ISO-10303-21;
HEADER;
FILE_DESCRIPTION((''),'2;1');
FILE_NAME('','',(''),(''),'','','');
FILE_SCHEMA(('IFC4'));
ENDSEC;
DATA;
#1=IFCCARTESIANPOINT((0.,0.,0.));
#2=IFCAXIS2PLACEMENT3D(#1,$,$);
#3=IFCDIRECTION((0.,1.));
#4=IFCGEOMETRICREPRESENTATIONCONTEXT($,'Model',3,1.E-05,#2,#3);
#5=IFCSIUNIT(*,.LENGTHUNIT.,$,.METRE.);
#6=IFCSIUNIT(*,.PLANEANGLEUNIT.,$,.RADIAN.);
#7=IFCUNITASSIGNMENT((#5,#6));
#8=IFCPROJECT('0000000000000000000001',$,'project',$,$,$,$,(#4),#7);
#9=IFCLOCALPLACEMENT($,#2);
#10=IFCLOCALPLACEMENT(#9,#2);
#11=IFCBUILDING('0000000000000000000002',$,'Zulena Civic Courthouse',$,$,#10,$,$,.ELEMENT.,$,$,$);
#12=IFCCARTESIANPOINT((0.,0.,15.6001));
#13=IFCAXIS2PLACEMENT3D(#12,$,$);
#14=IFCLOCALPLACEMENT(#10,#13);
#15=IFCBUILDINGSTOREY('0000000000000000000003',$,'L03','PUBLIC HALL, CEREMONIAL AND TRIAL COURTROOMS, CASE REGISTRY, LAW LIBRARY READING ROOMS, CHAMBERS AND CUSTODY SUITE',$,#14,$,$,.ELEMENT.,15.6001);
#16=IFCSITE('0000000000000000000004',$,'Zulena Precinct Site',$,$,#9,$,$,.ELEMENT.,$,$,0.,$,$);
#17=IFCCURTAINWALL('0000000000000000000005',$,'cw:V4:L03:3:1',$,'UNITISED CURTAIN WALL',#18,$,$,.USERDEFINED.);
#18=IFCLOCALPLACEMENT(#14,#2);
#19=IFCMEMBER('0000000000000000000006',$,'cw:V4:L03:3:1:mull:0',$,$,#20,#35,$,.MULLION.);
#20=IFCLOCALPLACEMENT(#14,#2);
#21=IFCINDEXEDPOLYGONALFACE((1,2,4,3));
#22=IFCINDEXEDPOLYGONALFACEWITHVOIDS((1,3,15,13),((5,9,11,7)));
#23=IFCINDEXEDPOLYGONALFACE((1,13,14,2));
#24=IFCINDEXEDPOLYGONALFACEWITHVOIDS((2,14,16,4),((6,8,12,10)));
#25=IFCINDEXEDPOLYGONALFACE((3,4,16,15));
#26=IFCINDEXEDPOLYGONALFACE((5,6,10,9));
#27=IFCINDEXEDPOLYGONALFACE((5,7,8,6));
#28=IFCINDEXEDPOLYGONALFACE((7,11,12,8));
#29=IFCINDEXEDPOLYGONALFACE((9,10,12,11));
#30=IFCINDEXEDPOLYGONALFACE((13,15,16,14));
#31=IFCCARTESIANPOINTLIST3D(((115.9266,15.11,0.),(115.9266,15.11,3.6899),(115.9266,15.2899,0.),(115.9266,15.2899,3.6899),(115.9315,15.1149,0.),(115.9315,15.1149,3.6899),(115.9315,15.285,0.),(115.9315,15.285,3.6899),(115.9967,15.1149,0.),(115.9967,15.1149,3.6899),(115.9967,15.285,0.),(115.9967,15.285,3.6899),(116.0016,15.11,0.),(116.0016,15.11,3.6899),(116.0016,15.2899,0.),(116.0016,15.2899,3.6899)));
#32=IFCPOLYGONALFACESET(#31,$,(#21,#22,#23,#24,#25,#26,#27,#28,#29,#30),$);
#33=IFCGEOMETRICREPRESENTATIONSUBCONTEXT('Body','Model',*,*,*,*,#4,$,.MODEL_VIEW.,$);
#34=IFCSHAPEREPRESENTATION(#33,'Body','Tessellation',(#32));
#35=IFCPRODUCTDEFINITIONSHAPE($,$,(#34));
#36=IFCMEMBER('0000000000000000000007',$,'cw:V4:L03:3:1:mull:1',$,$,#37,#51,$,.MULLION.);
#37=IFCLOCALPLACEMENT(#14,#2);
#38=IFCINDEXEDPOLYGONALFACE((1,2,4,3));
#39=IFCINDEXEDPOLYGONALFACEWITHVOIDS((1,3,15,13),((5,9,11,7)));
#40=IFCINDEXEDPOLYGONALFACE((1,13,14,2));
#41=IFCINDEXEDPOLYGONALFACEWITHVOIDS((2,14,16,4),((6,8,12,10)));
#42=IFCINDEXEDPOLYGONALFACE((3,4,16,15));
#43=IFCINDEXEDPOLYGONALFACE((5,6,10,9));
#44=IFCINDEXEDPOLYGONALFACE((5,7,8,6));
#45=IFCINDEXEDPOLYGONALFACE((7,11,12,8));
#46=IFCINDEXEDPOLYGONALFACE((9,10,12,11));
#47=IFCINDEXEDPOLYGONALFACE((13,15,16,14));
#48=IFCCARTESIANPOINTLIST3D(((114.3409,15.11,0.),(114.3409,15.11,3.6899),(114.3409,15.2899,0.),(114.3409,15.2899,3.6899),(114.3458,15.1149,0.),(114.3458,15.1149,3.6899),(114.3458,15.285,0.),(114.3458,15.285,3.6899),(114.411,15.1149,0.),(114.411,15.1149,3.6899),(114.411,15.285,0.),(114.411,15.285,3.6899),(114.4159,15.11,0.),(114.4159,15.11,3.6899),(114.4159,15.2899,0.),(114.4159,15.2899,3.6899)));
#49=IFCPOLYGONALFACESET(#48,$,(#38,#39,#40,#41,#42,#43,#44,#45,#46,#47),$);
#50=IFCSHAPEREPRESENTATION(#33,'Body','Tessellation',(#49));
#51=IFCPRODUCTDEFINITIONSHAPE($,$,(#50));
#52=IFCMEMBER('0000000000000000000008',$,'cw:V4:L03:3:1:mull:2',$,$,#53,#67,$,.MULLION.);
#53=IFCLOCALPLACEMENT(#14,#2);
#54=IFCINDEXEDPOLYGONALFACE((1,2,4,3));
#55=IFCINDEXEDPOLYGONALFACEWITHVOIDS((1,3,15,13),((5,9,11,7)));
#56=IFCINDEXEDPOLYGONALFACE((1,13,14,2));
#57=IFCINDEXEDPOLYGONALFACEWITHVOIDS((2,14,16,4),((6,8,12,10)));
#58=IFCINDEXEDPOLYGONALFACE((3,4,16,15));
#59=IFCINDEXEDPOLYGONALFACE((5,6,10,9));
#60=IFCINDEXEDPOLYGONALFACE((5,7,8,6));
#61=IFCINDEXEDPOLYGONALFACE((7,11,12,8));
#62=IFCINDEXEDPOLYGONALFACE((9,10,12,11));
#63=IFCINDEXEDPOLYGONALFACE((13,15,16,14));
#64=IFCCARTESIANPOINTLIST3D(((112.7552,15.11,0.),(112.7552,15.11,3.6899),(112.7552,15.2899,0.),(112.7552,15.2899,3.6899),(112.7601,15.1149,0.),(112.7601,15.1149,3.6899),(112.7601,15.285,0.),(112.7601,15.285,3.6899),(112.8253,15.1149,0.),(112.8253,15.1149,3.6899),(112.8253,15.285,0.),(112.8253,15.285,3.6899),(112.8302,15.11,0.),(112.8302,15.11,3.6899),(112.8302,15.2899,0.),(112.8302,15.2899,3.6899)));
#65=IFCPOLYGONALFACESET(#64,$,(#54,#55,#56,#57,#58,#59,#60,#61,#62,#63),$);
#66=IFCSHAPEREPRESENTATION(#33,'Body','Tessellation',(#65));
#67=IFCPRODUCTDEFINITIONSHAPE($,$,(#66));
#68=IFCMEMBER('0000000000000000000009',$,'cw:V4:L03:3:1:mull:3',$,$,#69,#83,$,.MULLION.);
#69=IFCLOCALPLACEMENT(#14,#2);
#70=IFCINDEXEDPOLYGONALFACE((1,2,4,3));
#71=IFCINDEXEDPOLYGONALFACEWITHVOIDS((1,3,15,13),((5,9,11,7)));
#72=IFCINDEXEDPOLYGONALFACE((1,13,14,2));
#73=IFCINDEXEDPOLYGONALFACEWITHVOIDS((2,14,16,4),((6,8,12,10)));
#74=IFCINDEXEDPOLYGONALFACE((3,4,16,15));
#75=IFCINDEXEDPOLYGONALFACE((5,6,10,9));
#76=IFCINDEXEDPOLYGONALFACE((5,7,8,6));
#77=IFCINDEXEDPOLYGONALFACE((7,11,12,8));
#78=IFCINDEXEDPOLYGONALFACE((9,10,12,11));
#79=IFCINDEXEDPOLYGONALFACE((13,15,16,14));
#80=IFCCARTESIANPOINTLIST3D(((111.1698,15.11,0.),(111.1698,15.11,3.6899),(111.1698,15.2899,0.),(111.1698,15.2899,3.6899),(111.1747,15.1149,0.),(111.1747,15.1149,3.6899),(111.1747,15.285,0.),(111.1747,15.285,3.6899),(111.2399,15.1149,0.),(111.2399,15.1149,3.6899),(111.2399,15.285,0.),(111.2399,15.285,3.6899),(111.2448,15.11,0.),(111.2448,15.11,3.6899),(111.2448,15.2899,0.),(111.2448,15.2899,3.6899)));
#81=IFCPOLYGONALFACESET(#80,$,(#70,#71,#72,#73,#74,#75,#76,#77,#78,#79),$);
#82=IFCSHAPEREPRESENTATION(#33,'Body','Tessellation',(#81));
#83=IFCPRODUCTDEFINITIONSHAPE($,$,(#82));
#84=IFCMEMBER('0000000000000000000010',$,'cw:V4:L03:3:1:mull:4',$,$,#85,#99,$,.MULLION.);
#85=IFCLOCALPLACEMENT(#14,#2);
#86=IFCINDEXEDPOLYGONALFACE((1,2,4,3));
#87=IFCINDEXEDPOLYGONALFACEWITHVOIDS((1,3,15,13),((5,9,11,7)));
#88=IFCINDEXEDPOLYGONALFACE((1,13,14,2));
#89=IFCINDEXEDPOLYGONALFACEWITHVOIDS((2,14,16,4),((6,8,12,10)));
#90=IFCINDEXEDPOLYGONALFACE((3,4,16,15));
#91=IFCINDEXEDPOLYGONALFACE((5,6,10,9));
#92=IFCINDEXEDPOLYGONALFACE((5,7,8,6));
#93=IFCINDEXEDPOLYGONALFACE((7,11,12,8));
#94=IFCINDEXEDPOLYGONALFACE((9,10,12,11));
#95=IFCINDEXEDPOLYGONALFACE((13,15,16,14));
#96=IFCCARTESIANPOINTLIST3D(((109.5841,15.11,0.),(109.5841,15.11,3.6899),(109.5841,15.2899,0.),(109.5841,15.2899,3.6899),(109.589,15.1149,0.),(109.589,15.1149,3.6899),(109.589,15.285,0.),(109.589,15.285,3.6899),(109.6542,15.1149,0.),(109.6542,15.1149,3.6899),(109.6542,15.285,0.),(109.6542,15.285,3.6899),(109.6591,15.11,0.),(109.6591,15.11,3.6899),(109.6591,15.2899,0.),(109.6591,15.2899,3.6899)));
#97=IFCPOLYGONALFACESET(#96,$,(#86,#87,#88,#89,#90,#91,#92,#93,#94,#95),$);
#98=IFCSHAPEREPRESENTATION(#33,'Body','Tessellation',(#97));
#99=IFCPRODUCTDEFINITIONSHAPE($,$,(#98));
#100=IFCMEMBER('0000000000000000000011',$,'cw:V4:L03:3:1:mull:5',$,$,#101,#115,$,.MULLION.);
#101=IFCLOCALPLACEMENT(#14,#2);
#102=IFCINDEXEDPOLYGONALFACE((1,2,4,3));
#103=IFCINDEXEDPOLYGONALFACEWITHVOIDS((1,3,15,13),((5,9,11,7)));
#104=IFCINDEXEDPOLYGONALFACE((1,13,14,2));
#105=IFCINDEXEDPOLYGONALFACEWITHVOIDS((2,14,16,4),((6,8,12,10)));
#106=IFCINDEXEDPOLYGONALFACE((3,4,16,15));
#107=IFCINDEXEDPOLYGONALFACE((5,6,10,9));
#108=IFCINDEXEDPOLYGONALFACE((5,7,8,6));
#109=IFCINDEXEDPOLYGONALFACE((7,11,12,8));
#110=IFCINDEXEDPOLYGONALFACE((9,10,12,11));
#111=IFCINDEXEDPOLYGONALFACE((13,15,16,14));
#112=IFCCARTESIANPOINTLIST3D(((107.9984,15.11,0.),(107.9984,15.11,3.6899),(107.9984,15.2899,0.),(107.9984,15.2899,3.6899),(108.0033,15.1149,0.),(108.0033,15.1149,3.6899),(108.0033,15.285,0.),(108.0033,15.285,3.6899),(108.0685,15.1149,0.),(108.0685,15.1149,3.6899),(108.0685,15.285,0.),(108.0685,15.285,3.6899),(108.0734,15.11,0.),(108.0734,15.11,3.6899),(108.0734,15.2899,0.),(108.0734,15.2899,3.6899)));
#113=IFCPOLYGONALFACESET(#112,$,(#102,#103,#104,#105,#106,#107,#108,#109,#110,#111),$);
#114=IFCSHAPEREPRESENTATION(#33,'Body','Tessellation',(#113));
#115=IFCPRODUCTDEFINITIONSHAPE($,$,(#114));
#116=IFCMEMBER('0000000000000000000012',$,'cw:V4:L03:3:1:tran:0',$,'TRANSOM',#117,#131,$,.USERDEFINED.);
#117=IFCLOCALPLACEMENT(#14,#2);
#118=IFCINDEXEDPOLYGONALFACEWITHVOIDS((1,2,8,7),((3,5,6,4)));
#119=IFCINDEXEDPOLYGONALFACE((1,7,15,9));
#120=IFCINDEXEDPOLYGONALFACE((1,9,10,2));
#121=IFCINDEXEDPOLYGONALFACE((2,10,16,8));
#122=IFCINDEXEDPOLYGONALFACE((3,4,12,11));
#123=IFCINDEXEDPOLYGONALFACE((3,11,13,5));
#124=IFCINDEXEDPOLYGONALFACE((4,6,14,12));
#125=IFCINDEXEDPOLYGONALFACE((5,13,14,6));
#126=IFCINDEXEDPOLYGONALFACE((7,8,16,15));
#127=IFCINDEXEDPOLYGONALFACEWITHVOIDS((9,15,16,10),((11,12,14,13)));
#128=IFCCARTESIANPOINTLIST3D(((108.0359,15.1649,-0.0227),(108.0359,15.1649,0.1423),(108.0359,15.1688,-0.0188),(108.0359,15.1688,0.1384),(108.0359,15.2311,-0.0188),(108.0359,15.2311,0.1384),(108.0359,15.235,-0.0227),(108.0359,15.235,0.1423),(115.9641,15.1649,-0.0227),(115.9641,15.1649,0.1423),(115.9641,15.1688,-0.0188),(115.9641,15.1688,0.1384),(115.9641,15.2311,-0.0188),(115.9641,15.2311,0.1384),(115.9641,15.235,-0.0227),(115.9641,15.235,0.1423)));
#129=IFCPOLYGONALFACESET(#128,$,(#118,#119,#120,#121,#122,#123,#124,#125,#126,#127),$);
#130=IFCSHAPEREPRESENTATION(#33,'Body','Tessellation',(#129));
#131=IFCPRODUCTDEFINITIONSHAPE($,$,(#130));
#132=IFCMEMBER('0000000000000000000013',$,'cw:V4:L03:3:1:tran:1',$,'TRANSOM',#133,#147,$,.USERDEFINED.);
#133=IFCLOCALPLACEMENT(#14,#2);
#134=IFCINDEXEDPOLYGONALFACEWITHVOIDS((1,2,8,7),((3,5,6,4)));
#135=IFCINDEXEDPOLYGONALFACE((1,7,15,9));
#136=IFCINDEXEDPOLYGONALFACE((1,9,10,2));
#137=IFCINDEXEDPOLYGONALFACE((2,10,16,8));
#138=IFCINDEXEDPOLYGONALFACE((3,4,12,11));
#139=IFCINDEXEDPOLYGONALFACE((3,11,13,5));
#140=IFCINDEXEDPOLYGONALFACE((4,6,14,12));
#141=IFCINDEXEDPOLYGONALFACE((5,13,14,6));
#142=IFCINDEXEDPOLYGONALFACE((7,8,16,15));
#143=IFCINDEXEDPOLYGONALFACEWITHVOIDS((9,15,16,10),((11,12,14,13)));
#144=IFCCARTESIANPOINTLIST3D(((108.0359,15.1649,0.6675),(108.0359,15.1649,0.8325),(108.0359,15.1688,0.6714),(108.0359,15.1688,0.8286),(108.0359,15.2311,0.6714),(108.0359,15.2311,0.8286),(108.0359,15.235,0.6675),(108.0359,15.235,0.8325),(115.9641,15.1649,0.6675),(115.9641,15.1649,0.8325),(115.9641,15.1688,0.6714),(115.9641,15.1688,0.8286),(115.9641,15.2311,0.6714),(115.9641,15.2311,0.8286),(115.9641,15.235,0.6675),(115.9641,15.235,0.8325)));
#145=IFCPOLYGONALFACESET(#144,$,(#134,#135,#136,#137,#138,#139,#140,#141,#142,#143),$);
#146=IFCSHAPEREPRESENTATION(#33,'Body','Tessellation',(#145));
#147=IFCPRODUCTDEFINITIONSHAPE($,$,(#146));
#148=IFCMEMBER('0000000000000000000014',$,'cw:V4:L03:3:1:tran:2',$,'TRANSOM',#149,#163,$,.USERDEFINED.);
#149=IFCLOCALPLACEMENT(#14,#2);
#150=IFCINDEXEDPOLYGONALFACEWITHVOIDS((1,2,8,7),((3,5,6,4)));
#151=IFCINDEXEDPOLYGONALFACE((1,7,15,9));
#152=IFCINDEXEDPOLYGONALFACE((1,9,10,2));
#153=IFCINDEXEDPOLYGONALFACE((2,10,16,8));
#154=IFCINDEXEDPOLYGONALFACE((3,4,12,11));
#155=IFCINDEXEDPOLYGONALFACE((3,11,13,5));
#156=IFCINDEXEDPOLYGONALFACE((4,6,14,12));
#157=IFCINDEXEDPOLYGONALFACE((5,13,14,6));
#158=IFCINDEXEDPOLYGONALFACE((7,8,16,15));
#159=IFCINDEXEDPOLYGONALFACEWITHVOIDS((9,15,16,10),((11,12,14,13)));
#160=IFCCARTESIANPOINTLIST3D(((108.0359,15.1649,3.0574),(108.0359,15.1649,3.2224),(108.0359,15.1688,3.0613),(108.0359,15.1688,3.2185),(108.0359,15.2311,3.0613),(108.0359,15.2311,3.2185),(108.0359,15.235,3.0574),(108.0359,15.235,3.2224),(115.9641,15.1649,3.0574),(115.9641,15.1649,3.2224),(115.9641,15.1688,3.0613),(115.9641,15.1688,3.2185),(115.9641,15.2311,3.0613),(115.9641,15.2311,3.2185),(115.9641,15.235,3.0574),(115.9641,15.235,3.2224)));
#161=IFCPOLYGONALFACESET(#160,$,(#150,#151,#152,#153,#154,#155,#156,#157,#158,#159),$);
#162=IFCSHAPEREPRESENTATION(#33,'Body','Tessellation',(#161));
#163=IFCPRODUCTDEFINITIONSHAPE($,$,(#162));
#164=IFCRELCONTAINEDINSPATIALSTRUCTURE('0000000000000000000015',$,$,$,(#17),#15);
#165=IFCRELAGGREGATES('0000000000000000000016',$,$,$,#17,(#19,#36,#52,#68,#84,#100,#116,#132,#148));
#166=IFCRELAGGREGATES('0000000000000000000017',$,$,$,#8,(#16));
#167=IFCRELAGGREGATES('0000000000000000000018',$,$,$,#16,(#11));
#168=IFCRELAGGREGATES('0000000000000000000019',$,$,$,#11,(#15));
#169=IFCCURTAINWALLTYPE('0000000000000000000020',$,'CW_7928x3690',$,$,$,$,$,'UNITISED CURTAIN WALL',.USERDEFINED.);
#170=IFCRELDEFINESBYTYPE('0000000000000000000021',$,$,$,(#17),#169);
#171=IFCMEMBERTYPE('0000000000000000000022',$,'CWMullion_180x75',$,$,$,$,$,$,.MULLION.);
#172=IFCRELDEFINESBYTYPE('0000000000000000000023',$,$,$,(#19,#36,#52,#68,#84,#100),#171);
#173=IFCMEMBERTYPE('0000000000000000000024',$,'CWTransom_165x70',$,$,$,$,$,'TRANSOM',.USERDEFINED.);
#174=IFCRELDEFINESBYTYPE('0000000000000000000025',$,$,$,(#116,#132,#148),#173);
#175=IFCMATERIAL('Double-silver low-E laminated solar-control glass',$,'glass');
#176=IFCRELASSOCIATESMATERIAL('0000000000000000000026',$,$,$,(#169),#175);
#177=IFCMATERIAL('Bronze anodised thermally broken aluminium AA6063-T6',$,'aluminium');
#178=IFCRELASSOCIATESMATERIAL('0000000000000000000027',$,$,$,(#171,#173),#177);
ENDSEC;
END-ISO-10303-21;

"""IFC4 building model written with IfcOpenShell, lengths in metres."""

from ifc_helpers import new_model, si_unit, direction, frame, origin, origin_2d, place, context, subcontext, project, spatial, hollow_rectangle, extrude, material, material_profile, profile_set, type_object, element, aggregate, save


model = new_model("IFC4")

# Units and contexts
model_context = context("Model", 3, precision=1e-05, world=origin(), true_north=direction((0.0, 1.0)))
body_context = subcontext(model_context, "Body", "Model", "MODEL_VIEW")
ifc_project = project(units=[si_unit("LENGTHUNIT", "METRE"), si_unit("PLANEANGLEUNIT", "RADIAN")], contexts=[model_context])

# Site, building, storey
site_placement = place(None, origin())
site = spatial("IfcSite", under=ifc_project, at=site_placement, Name="Zulena Precinct Site", CompositionType="ELEMENT", RefElevation=0.0)
building_placement = place(site_placement, origin())
building = spatial("IfcBuilding", under=site, at=building_placement, Name="Zulena Civic Courthouse", CompositionType="ELEMENT")
storey_placement = place(building_placement, frame((0.0, 0.0, 15.6001)))
storey = spatial("IfcBuildingStorey", under=building, at=storey_placement, Name="L03", Description="PUBLIC HALL, CEREMONIAL AND TRIAL COURTROOMS, CASE REGISTRY, LAW LIBRARY READING ROOMS, CHAMBERS AND CUSTODY SUITE", CompositionType="ELEMENT", Elevation=15.6001)

# Curtain wall, members
ifc_material_1 = material(Name="Double-silver low-E laminated solar-control glass", Category="glass")
curtain_wall_type = type_object("IfcCurtainWallType", Name="CW_7928x3690", ElementType="UNITISED CURTAIN WALL", PredefinedType="USERDEFINED", material=ifc_material_1)
curtain_wall_placement = place(storey_placement, origin())
curtain_wall = element("IfcCurtainWall", 1, at=curtain_wall_placement, inside=storey, type_object=curtain_wall_type, Name="cw:V4:L03:3:1", ObjectType="UNITISED CURTAIN WALL", PredefinedType="USERDEFINED")
ifc_material_2 = material(Name="Bronze anodised thermally broken aluminium AA6063-T6", Category="aluminium")
ifc_material_profile_1 = material_profile(ifc_material_2, hollow_rectangle(XDim=0.075, YDim=0.1799, WallThickness=0.0049, at=origin_2d()), Name="CWM180X75X5")
ifc_profile_set_1 = profile_set([ifc_material_profile_1], Name="Bronze anodised thermally broken aluminium AA6063-T6")
member_type_1 = type_object("IfcMemberType", Name="CWMullion_180x75", PredefinedType="MULLION", material=ifc_profile_set_1)
member_1_placement = place(storey_placement, frame((115.9641, 15.2, 0.0), z_axis=(0.0, 0.0, 1.0), x_axis=(1.0, 0.0, 0.0)))
member_1 = element("IfcMember", 2, at=member_1_placement, type_object=member_type_1, Name="cw:V4:L03:3:1:mull:0", PredefinedType="MULLION", context=body_context, shape_type="SweptSolid", body=[
    extrude(hollow_rectangle(XDim=0.075, YDim=0.1799, WallThickness=0.0049, at=origin_2d()), origin(), (0.0, 0.0, 1.0), 3.6899),
])
member_2_placement = place(storey_placement, frame((114.3784, 15.2, 0.0), z_axis=(0.0, 0.0, 1.0), x_axis=(1.0, 0.0, 0.0)))
member_2 = element("IfcMember", 3, at=member_2_placement, type_object=member_type_1, Name="cw:V4:L03:3:1:mull:1", PredefinedType="MULLION", context=body_context, shape_type="SweptSolid", body=[
    extrude(hollow_rectangle(XDim=0.075, YDim=0.1799, WallThickness=0.0049, at=origin_2d()), origin(), (0.0, 0.0, 1.0), 3.6899),
])
member_3_placement = place(storey_placement, frame((112.7927, 15.2, 0.0), z_axis=(0.0, 0.0, 1.0), x_axis=(1.0, 0.0, 0.0)))
member_3 = element("IfcMember", 4, at=member_3_placement, type_object=member_type_1, Name="cw:V4:L03:3:1:mull:2", PredefinedType="MULLION", context=body_context, shape_type="SweptSolid", body=[
    extrude(hollow_rectangle(XDim=0.075, YDim=0.1799, WallThickness=0.0049, at=origin_2d()), origin(), (0.0, 0.0, 1.0), 3.6899),
])
member_4_placement = place(storey_placement, frame((111.2073, 15.2, 0.0), z_axis=(0.0, 0.0, 1.0), x_axis=(1.0, 0.0, 0.0)))
member_4 = element("IfcMember", 5, at=member_4_placement, type_object=member_type_1, Name="cw:V4:L03:3:1:mull:3", PredefinedType="MULLION", context=body_context, shape_type="SweptSolid", body=[
    extrude(hollow_rectangle(XDim=0.075, YDim=0.1799, WallThickness=0.0049, at=origin_2d()), origin(), (0.0, 0.0, 1.0), 3.6899),
])
member_5_placement = place(storey_placement, frame((109.6216, 15.2, 0.0), z_axis=(0.0, 0.0, 1.0), x_axis=(1.0, 0.0, 0.0)))
member_5 = element("IfcMember", 6, at=member_5_placement, type_object=member_type_1, Name="cw:V4:L03:3:1:mull:4", PredefinedType="MULLION", context=body_context, shape_type="SweptSolid", body=[
    extrude(hollow_rectangle(XDim=0.075, YDim=0.1799, WallThickness=0.0049, at=origin_2d()), origin(), (0.0, 0.0, 1.0), 3.6899),
])
member_6_placement = place(storey_placement, frame((108.0359, 15.2, 0.0), z_axis=(0.0, 0.0, 1.0), x_axis=(1.0, 0.0, 0.0)))
member_6 = element("IfcMember", 7, at=member_6_placement, type_object=member_type_1, Name="cw:V4:L03:3:1:mull:5", PredefinedType="MULLION", context=body_context, shape_type="SweptSolid", body=[
    extrude(hollow_rectangle(XDim=0.075, YDim=0.1799, WallThickness=0.0049, at=origin_2d()), origin(), (0.0, 0.0, 1.0), 3.6899),
])
ifc_material_profile_2 = material_profile(ifc_material_2, hollow_rectangle(XDim=0.0701, YDim=0.165, WallThickness=0.0039, at=origin_2d()), Name="CWT165X70X4")
ifc_profile_set_2 = profile_set([ifc_material_profile_2], Name="Bronze anodised thermally broken aluminium AA6063-T6")
member_type_2 = type_object("IfcMemberType", Name="CWTransom_165x70", ElementType="TRANSOM", PredefinedType="USERDEFINED", material=ifc_profile_set_2)
member_7_placement = place(storey_placement, frame((115.9641, 15.2, 0.0598), z_axis=(-1.0, 0.0, 0.0), x_axis=(0.0, -1.0, 0.0)))
member_7 = element("IfcMember", 8, at=member_7_placement, type_object=member_type_2, Name="cw:V4:L03:3:1:tran:0", ObjectType="TRANSOM", PredefinedType="USERDEFINED", context=body_context, shape_type="SweptSolid", body=[
    extrude(hollow_rectangle(XDim=0.0701, YDim=0.165, WallThickness=0.0039, at=origin_2d()), origin(), (0.0, 0.0, 1.0), 7.9282),
])
member_8_placement = place(storey_placement, frame((115.9641, 15.2, 0.75), z_axis=(-1.0, 0.0, 0.0), x_axis=(0.0, -1.0, 0.0)))
member_8 = element("IfcMember", 9, at=member_8_placement, type_object=member_type_2, Name="cw:V4:L03:3:1:tran:1", ObjectType="TRANSOM", PredefinedType="USERDEFINED", context=body_context, shape_type="SweptSolid", body=[
    extrude(hollow_rectangle(XDim=0.0701, YDim=0.165, WallThickness=0.0039, at=origin_2d()), origin(), (0.0, 0.0, 1.0), 7.9282),
])
member_9_placement = place(storey_placement, frame((115.9641, 15.2, 3.1399), z_axis=(-1.0, 0.0, 0.0), x_axis=(0.0, -1.0, 0.0)))
member_9 = element("IfcMember", 10, at=member_9_placement, type_object=member_type_2, Name="cw:V4:L03:3:1:tran:2", ObjectType="TRANSOM", PredefinedType="USERDEFINED", context=body_context, shape_type="SweptSolid", body=[
    extrude(hollow_rectangle(XDim=0.0701, YDim=0.165, WallThickness=0.0039, at=origin_2d()), origin(), (0.0, 0.0, 1.0), 7.9282),
])

aggregate(curtain_wall, [member_1, member_2, member_3, member_4, member_5, member_6, member_7, member_8, member_9])

save(model, "model.ifc")
